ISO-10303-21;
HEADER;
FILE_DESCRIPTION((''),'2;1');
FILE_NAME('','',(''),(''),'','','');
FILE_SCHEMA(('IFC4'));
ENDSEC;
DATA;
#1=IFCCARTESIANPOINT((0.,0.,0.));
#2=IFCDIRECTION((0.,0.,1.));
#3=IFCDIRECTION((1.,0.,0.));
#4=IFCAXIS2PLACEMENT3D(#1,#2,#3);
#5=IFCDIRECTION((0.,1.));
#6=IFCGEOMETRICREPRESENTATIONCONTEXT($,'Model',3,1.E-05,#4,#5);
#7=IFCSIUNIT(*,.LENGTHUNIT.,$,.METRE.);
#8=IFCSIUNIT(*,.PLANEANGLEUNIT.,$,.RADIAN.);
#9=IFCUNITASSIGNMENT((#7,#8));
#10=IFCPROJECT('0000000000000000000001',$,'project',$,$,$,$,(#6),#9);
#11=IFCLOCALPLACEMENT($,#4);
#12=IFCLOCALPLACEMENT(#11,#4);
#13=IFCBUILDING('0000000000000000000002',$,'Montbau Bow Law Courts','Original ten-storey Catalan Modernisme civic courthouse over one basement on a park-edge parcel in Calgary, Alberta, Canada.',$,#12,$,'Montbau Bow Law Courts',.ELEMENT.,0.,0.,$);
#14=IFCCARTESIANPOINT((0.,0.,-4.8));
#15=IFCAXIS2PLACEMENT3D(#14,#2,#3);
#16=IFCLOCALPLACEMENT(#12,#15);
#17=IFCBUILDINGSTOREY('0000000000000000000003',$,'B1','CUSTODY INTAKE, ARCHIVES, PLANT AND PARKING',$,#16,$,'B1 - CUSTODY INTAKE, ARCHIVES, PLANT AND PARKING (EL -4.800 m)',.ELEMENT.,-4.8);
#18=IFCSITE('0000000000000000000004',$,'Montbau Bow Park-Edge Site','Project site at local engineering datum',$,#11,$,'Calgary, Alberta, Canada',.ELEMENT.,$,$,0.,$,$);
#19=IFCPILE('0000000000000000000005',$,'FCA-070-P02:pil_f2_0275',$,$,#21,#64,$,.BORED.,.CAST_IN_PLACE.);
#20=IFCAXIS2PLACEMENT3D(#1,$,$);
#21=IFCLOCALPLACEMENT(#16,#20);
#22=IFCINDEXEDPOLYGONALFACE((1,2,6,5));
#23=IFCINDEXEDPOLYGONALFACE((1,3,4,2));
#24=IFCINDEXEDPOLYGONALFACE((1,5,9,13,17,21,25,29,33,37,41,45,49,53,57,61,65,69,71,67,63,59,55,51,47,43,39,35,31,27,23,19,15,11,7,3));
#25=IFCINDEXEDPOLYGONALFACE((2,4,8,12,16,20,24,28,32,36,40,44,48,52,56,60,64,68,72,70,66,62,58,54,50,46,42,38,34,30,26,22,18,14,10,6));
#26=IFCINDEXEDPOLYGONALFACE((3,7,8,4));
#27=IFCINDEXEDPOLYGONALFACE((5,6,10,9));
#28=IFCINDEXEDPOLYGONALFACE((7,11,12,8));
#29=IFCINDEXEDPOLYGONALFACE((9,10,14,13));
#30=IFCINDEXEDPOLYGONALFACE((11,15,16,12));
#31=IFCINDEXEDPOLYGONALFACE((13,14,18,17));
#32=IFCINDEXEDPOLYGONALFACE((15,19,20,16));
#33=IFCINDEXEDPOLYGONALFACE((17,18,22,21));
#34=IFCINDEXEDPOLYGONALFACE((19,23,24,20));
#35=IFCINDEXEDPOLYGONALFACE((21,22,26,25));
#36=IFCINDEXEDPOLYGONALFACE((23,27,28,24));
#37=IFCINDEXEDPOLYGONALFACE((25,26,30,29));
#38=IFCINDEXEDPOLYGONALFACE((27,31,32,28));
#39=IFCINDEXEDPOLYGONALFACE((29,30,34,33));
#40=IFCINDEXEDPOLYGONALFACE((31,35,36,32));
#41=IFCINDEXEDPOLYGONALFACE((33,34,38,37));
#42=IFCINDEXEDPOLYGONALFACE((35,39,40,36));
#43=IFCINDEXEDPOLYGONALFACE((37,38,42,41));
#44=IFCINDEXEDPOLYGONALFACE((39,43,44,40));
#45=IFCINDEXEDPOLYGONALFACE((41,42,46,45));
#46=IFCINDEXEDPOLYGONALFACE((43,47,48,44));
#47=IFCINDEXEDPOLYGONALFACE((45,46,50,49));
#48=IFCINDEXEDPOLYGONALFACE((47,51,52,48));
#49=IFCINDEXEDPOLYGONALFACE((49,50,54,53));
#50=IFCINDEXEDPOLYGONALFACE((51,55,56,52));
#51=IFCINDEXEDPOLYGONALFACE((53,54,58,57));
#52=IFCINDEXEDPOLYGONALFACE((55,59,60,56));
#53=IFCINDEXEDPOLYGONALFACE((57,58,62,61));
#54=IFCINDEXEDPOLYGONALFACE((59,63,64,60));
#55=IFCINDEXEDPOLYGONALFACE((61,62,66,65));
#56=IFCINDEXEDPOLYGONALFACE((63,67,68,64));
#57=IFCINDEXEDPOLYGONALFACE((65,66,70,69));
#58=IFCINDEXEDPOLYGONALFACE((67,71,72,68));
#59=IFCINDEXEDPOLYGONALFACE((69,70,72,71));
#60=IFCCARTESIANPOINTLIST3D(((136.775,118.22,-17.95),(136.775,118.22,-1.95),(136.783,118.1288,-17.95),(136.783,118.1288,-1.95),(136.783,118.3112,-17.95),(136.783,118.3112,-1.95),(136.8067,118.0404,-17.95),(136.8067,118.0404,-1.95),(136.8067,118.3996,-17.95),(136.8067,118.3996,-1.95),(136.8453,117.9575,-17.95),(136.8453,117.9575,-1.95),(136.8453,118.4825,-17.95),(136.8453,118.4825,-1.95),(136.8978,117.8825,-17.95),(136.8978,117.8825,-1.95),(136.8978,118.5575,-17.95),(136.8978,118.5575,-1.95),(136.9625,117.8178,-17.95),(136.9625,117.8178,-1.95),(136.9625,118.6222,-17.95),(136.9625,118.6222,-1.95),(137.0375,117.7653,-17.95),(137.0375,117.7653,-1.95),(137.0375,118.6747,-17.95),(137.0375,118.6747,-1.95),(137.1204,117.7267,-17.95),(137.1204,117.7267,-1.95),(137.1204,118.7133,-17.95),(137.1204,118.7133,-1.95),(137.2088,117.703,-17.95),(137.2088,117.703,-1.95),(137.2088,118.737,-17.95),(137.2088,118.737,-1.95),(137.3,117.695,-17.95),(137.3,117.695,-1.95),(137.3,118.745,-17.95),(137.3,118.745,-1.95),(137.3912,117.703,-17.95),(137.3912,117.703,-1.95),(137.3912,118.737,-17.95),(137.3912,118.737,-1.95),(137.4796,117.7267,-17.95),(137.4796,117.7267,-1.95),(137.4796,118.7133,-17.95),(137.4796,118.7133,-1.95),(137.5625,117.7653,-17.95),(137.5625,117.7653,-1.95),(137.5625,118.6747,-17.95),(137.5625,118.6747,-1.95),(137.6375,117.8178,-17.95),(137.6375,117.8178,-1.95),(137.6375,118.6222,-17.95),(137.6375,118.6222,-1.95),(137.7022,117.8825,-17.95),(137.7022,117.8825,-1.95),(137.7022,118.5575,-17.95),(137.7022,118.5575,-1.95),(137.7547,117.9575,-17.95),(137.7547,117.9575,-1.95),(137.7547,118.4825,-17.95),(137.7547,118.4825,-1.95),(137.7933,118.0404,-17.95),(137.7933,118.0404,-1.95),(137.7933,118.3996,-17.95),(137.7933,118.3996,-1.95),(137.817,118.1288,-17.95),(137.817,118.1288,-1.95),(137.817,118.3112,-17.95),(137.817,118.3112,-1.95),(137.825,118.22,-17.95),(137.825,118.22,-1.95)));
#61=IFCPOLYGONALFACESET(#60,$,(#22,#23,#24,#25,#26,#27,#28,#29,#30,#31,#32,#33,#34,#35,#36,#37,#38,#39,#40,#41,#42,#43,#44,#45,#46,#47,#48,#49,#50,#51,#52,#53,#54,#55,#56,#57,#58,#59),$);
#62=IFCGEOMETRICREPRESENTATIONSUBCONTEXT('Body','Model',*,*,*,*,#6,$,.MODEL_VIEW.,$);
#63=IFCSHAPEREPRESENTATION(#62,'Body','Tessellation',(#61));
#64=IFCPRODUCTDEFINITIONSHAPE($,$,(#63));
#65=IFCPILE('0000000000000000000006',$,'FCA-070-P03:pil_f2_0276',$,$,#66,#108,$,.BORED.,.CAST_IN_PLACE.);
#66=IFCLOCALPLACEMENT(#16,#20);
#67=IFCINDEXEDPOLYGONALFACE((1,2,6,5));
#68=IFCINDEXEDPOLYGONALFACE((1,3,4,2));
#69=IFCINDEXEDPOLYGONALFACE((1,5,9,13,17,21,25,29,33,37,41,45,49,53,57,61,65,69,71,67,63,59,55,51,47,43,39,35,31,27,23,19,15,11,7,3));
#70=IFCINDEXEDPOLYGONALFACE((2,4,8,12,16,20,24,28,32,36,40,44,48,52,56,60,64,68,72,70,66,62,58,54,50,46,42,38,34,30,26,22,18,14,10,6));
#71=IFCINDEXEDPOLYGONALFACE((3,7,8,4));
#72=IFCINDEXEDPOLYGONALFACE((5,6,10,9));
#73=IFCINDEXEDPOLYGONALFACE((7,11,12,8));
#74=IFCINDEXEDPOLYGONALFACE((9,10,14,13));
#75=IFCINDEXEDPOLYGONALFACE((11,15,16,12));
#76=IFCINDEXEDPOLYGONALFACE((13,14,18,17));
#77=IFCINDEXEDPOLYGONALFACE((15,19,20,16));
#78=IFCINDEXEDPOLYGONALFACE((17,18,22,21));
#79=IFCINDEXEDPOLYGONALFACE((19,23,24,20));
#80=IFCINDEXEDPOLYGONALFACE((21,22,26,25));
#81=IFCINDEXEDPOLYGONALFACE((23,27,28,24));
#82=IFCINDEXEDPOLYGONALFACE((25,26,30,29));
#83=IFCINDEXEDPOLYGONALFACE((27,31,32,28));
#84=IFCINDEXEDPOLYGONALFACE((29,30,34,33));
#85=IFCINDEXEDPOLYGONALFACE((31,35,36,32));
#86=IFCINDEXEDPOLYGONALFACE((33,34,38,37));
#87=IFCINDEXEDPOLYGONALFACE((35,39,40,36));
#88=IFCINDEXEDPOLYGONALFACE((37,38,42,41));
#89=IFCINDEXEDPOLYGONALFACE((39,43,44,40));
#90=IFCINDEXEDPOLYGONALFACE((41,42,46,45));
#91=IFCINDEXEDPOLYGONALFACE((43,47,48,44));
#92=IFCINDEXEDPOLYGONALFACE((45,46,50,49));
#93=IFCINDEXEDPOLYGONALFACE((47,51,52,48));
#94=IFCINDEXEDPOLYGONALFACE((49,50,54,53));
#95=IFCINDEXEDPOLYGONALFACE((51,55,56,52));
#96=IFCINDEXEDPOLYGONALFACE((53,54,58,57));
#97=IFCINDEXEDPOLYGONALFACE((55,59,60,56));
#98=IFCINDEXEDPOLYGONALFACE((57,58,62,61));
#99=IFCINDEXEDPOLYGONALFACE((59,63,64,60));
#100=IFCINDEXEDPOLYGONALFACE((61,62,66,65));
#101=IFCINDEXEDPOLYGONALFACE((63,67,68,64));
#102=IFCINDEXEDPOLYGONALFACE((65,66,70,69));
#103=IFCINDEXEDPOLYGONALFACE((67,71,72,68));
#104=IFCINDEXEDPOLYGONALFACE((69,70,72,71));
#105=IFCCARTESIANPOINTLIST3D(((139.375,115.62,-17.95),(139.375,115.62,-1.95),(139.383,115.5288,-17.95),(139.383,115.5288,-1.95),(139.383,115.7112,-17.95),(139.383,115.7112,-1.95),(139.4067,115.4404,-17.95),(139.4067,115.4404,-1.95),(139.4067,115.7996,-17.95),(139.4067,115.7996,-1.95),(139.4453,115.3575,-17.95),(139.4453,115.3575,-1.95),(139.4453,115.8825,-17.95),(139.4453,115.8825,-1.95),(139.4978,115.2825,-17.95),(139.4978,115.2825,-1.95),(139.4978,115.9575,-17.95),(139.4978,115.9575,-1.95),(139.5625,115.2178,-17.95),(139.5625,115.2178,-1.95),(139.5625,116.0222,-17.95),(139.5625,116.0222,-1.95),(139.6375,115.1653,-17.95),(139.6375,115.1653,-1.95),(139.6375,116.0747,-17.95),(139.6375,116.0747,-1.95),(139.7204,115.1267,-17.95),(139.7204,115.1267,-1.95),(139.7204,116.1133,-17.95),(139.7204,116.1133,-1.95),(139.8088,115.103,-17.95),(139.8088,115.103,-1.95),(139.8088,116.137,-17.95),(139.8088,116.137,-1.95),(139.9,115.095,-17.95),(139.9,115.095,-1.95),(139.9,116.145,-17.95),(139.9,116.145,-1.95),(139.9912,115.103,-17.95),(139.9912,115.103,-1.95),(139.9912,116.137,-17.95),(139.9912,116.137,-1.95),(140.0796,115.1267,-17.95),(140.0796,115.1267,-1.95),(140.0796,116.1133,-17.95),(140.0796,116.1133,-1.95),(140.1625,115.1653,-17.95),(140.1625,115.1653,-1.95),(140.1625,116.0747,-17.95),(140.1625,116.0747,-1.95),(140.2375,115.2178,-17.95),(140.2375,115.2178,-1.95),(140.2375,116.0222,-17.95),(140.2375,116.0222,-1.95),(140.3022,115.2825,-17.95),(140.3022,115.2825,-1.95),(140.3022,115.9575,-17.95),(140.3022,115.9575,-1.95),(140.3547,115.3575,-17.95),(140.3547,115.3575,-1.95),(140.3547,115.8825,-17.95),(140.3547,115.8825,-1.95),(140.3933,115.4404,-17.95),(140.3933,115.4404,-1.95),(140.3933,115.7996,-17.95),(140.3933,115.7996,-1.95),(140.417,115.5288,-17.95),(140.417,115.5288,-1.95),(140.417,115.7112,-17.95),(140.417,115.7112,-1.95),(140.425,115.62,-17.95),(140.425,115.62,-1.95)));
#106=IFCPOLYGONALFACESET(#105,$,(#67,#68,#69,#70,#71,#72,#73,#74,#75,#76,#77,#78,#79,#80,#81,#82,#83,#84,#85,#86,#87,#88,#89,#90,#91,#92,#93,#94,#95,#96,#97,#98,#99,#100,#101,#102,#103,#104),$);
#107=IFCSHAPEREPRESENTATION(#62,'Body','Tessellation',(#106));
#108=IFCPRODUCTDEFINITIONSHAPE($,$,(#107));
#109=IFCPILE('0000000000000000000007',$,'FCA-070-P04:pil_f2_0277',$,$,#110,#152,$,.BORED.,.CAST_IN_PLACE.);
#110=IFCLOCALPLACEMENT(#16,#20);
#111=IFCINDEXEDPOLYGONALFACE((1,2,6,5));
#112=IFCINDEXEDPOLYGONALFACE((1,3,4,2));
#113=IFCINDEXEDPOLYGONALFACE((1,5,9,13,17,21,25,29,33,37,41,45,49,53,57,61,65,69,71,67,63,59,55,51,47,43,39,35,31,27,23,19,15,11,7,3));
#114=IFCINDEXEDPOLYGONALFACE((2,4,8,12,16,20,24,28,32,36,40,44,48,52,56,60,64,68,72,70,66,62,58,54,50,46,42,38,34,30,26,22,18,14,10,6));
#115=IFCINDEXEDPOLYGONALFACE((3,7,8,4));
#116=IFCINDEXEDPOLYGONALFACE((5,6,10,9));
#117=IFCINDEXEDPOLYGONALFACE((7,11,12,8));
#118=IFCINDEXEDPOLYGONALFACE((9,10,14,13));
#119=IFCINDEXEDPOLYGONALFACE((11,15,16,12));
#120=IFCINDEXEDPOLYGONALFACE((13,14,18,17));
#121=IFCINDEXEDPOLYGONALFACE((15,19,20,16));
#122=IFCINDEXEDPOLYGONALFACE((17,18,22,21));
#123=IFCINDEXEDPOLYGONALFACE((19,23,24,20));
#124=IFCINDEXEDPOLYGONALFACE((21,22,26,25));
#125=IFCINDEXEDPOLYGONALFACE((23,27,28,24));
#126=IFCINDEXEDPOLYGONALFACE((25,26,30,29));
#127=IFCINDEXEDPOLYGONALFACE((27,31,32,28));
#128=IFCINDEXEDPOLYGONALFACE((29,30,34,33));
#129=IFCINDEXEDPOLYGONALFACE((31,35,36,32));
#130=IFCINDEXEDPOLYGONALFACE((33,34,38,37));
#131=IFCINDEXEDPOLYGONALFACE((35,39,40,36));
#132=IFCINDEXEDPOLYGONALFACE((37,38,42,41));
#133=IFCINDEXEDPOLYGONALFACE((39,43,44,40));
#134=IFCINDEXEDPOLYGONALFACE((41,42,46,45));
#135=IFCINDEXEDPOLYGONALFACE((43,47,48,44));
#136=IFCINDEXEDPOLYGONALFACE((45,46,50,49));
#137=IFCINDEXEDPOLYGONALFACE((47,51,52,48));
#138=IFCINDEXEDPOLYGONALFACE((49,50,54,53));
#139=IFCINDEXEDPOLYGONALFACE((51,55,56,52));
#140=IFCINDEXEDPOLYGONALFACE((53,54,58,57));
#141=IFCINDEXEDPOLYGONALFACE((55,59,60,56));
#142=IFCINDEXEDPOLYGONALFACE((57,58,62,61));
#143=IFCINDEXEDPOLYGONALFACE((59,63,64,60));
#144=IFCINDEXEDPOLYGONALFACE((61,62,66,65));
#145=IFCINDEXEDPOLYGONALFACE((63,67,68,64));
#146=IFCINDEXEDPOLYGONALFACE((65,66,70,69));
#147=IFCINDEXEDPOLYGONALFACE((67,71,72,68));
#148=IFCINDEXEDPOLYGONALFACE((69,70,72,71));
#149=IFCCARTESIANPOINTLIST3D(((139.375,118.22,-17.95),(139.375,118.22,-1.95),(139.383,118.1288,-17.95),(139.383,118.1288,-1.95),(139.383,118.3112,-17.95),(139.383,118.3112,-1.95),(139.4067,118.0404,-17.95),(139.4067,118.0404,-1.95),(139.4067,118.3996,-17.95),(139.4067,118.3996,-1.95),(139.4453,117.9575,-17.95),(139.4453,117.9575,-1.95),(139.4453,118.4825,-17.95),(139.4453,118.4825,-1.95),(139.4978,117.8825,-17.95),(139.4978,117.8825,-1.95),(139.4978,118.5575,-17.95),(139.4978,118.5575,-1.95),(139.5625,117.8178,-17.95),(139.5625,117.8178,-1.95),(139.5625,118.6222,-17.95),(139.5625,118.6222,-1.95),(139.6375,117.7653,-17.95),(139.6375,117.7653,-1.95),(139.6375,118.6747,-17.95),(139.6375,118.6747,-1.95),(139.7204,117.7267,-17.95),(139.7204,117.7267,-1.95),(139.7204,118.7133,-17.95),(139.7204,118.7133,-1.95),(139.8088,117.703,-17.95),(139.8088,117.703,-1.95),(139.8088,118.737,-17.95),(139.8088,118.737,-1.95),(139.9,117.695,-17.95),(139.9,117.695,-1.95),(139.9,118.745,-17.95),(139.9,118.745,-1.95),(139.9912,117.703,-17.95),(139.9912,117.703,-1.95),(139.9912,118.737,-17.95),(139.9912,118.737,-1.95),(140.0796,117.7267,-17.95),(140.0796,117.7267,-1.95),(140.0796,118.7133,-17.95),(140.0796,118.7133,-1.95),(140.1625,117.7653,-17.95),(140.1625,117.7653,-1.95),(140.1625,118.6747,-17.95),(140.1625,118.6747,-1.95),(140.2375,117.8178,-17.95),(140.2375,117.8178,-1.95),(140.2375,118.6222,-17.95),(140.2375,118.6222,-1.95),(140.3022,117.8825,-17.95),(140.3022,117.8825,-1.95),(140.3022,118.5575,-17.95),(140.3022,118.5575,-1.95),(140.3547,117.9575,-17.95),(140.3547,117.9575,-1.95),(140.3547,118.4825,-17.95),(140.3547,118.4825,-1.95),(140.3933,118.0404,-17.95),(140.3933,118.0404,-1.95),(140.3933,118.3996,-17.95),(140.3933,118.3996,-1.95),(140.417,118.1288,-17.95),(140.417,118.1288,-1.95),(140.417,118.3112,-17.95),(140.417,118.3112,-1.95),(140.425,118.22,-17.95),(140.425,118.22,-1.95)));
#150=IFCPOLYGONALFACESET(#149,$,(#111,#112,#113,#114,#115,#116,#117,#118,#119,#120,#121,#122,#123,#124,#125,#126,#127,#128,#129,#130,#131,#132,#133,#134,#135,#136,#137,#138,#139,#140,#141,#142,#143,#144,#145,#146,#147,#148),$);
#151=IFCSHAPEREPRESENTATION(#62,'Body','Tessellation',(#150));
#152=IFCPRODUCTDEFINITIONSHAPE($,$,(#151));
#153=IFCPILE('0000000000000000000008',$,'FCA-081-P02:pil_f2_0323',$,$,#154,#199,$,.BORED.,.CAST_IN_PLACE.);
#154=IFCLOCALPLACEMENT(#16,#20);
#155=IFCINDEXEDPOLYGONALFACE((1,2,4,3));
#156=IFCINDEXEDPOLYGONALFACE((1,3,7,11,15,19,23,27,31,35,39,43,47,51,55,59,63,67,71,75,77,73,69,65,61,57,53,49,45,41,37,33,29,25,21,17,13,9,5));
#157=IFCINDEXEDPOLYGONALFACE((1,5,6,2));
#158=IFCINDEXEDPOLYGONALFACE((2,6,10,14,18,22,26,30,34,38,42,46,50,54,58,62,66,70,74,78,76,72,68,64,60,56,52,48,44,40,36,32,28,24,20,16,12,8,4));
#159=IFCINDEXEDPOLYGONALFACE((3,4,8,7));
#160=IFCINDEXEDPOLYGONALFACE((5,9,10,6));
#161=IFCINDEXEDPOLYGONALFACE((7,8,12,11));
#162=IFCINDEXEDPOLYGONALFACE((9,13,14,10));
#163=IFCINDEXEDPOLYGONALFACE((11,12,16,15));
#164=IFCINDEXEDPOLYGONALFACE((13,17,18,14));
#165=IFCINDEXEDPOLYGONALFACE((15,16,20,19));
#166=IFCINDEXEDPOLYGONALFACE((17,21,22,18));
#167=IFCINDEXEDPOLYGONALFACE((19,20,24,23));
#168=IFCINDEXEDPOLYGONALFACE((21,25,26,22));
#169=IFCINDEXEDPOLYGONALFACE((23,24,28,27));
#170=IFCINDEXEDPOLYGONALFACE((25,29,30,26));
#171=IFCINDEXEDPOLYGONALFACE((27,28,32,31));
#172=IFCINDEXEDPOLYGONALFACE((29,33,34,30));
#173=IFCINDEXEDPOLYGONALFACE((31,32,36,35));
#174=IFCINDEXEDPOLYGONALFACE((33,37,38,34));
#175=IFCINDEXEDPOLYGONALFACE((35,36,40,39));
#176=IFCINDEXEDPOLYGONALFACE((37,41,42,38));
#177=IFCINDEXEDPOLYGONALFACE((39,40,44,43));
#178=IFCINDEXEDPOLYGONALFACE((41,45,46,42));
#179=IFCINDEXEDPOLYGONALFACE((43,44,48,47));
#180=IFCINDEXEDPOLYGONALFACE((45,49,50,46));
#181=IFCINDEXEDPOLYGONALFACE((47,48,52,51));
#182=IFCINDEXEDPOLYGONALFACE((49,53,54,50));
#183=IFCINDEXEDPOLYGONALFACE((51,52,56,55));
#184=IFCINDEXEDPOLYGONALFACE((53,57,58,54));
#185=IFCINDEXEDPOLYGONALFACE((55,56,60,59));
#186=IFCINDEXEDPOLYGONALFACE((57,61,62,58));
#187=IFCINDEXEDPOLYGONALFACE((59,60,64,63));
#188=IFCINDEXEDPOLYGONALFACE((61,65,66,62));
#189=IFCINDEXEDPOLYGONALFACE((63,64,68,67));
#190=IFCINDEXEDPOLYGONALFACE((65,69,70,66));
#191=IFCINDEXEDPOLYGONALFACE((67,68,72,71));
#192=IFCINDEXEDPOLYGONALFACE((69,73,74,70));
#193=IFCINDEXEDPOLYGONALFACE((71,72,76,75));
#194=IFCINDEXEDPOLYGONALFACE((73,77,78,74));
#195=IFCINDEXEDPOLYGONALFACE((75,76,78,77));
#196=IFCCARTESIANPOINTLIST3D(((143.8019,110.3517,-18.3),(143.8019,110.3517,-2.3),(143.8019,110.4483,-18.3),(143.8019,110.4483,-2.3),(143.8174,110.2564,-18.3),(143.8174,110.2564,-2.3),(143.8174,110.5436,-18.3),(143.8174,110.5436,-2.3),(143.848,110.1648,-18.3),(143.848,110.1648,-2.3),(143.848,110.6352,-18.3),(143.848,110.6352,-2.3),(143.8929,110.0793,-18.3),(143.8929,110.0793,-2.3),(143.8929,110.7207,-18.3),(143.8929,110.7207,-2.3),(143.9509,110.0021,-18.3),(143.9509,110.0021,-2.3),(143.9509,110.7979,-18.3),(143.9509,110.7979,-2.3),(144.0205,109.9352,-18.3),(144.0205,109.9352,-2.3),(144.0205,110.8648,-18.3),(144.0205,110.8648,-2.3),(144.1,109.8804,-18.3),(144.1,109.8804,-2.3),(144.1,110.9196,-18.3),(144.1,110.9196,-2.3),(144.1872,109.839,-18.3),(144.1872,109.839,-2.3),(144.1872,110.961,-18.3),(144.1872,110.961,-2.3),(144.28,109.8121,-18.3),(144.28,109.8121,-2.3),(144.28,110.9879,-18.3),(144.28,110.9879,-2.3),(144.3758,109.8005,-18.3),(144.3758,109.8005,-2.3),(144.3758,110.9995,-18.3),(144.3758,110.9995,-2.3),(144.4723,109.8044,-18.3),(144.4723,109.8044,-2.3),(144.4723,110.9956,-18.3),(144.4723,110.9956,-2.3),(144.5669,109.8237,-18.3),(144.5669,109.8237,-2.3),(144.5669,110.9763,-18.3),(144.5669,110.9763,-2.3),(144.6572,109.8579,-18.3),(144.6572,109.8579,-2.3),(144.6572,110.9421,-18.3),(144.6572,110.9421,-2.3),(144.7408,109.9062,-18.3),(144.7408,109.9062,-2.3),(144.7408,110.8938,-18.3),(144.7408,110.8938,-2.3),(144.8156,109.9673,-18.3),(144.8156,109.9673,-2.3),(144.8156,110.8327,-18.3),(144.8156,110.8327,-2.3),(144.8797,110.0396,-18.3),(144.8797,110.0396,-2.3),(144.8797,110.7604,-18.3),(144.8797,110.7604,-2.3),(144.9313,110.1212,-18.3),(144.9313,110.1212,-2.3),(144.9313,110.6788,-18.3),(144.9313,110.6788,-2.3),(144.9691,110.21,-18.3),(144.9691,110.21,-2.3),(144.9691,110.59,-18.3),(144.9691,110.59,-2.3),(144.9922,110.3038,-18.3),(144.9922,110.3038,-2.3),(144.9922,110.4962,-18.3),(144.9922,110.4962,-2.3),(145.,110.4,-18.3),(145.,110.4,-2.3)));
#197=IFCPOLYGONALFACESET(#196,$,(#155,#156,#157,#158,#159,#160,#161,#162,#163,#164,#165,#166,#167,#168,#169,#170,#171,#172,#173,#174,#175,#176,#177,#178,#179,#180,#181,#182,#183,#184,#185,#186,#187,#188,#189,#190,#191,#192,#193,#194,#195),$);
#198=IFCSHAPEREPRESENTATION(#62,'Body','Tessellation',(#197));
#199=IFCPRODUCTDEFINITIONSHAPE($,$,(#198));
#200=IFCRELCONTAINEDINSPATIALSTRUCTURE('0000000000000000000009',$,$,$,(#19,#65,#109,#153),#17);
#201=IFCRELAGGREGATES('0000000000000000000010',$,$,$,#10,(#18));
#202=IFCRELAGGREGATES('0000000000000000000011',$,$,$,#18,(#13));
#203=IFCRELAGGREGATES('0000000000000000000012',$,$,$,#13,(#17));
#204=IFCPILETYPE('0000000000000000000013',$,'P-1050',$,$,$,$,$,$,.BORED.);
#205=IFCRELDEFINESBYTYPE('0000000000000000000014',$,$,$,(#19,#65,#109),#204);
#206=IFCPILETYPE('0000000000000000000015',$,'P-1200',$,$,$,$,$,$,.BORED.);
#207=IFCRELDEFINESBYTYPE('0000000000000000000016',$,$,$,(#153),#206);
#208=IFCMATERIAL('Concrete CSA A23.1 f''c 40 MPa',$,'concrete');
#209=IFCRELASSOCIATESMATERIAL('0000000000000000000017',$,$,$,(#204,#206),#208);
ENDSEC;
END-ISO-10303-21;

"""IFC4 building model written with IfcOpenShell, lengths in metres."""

from ifc_helpers import new_model, si_unit, direction, frame, origin_with_axes, origin_2d_with_axis, place, context, subcontext, project, spatial, circle, extrude, material, material_profile, profile_set, type_object, element, save


model = new_model("IFC4")

# Units and contexts
model_context = context("Model", 3, precision=1e-05, world=origin_with_axes(), true_north=direction((0.0, 1.0)))
body_context = subcontext(model_context, "Body", "Model", "MODEL_VIEW")
ifc_project = project(units=[si_unit("LENGTHUNIT", "METRE"), si_unit("PLANEANGLEUNIT", "RADIAN")], contexts=[model_context])

# Site, building, storey
site_placement = place(None, origin_with_axes())
site = spatial("IfcSite", under=ifc_project, at=site_placement, Name="Montbau Bow Park-Edge Site", Description="Project site at local engineering datum", LongName="Calgary, Alberta, Canada", CompositionType="ELEMENT", RefElevation=0.0)
building_placement = place(site_placement, origin_with_axes())
building = spatial("IfcBuilding", under=site, at=building_placement, Name="Montbau Bow Law Courts", Description="Original ten-storey Catalan Modernisme civic courthouse over one basement on a park-edge parcel in Calgary, Alberta, Canada.", LongName="Montbau Bow Law Courts", CompositionType="ELEMENT", ElevationOfRefHeight=0.0, ElevationOfTerrain=0.0)
storey_placement = place(building_placement, frame((0.0, 0.0, -4.8), z_axis=(0.0, 0.0, 1.0), x_axis=(1.0, 0.0, 0.0)))
storey = spatial("IfcBuildingStorey", under=building, at=storey_placement, Name="B1", Description="CUSTODY INTAKE, ARCHIVES, PLANT AND PARKING", LongName="B1 - CUSTODY INTAKE, ARCHIVES, PLANT AND PARKING (EL -4.800 m)", CompositionType="ELEMENT", Elevation=-4.8)

# Piles
ifc_material_1 = material(Name="Concrete CSA A23.1 f'c 40 MPa", Category="concrete")
ifc_material_profile_1 = material_profile(ifc_material_1, circle(Radius=0.525, at=origin_2d_with_axis()), Name="BP1050", Category="Main", Priority=0)
ifc_profile_set_1 = profile_set([ifc_material_profile_1], Name="Concrete CSA A23.1 f'c 40 MPa")
pile_type_1 = type_object("IfcPileType", Name="P-1050", PredefinedType="BORED", material=ifc_profile_set_1)
for number, where, z_axis, x_axis, name in (
    (1, (137.3, 118.22, -22.75), (0.0, 0.0, 1.0), (1.0, 0.0, 0.0), "FCA-070-P02:pil_f2_0275"),
    (2, (139.9, 115.62, -22.75), (0.0, 0.0, 1.0), (1.0, 0.0, 0.0), "FCA-070-P03:pil_f2_0276"),
    (3, (139.9, 118.22, -22.75), (0.0, 0.0, 1.0), (1.0, 0.0, 0.0), "FCA-070-P04:pil_f2_0277"),
):
    element("IfcPile", number, at=place(None, frame(where, z_axis=z_axis, x_axis=x_axis)), inside=storey, type_object=pile_type_1, Name=name, ConstructionType="CAST_IN_PLACE", PredefinedType="BORED", context=body_context, shape_type="SweptSolid", body=[
        extrude(circle(Radius=0.525, at=origin_2d_with_axis()), origin_with_axes(), (0.0, 0.0, 1.0), 16.0),
    ])
ifc_material_profile_2 = material_profile(ifc_material_1, circle(Radius=0.6, at=origin_2d_with_axis()), Name="BP1200", Category="Main", Priority=0)
ifc_profile_set_2 = profile_set([ifc_material_profile_2], Name="Concrete CSA A23.1 f'c 40 MPa")
pile_type_2 = type_object("IfcPileType", Name="P-1200", PredefinedType="BORED", material=ifc_profile_set_2)
for number, where, z_axis, x_axis, name in (
    (4, (144.4, 110.4, -23.1), (0.0, 0.0, 1.0), (1.0, 0.0, 0.0), "FCA-081-P02:pil_f2_0323"),
):
    element("IfcPile", number, at=place(None, frame(where, z_axis=z_axis, x_axis=x_axis)), inside=storey, type_object=pile_type_2, Name=name, ConstructionType="CAST_IN_PLACE", PredefinedType="BORED", context=body_context, shape_type="SweptSolid", body=[
        extrude(circle(Radius=0.6, at=origin_2d_with_axis()), origin_with_axes(), (0.0, 0.0, 1.0), 16.0),
    ])

save(model, "model.ifc")
